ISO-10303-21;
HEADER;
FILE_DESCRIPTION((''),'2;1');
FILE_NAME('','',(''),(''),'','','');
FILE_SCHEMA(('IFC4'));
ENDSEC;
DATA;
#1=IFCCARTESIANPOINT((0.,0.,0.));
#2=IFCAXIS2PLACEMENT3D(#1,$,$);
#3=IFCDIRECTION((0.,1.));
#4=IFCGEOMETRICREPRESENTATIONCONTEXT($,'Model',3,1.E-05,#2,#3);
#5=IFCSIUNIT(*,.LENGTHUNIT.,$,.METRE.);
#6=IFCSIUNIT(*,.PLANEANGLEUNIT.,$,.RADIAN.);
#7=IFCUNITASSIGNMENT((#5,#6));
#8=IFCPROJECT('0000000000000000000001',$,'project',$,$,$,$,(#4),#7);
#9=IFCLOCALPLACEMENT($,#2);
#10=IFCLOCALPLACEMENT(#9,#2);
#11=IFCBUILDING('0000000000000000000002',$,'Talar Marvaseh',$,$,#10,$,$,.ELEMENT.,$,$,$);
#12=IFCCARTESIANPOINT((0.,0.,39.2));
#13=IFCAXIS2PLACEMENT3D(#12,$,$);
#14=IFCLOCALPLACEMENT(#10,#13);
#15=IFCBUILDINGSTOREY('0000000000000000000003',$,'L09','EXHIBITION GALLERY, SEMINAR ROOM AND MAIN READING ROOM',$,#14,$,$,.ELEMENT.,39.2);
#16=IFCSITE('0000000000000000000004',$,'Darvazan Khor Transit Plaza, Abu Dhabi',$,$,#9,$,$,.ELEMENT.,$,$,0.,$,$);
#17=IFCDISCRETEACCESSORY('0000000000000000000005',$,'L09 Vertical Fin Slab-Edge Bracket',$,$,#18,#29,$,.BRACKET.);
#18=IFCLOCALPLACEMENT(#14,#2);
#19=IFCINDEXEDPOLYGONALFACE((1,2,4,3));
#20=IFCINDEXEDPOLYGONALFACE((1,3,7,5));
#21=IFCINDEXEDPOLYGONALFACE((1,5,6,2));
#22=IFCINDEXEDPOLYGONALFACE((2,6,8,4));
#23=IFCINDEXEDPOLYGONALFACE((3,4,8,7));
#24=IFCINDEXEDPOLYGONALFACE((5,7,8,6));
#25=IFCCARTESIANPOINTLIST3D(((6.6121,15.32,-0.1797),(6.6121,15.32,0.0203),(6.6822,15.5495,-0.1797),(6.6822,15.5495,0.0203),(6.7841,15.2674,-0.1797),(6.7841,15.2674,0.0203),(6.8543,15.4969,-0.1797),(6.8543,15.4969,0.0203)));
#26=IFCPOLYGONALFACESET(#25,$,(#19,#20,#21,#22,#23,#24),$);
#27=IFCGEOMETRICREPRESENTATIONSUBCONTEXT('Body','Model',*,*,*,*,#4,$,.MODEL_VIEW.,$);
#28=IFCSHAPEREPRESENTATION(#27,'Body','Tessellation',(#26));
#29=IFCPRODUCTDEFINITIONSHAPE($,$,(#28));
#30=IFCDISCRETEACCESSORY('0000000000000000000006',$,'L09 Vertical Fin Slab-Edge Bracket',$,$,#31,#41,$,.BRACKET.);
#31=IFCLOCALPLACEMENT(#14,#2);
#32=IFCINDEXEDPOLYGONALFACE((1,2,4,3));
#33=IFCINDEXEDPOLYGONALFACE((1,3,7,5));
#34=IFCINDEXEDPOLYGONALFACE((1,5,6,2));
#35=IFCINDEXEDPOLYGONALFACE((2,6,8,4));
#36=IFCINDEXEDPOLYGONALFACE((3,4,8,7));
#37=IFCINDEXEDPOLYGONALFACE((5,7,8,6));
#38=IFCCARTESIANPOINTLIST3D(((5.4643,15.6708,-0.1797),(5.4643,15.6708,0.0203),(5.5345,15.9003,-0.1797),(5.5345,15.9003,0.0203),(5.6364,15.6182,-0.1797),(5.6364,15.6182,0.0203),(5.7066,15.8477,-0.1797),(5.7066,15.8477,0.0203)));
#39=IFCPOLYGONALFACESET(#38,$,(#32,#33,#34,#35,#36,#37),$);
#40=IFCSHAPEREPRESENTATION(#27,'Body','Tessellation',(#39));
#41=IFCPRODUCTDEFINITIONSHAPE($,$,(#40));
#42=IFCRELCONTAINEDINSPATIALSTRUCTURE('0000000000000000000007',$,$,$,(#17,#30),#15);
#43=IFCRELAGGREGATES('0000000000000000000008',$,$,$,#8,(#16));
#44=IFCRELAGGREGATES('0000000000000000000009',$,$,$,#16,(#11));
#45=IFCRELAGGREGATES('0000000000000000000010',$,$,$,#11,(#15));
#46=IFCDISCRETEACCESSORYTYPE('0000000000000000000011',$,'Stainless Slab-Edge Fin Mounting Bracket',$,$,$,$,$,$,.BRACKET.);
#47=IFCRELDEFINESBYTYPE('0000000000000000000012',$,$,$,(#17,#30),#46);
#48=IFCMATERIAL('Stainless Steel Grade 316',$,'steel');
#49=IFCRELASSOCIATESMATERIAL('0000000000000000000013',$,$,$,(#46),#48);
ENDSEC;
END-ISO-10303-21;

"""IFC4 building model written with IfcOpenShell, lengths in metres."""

from ifc_helpers import new_model, si_unit, direction, frame, origin, origin_2d, place, context, subcontext, project, spatial, rectangle, extrude, source, transform, mapped, material, type_object, type_shapes, element, save


model = new_model("IFC4")

# Units and contexts
model_context = context("Model", 3, precision=1e-05, world=origin(), true_north=direction((0.0, 1.0)))
body_context = subcontext(model_context, "Body", "Model", "MODEL_VIEW")
ifc_project = project(units=[si_unit("LENGTHUNIT", "METRE"), si_unit("PLANEANGLEUNIT", "RADIAN")], contexts=[model_context])

# Site, building, storey
site_placement = place(None, origin())
site = spatial("IfcSite", under=ifc_project, at=site_placement, Name="Darvazan Khor Transit Plaza, Abu Dhabi", CompositionType="ELEMENT", RefElevation=0.0)
building_placement = place(site_placement, origin())
building = spatial("IfcBuilding", under=site, at=building_placement, Name="Talar Marvaseh", CompositionType="ELEMENT")
storey_placement = place(building_placement, frame((0.0, 0.0, 39.2)))
storey = spatial("IfcBuildingStorey", under=building, at=storey_placement, Name="L09", Description="EXHIBITION GALLERY, SEMINAR ROOM AND MAIN READING ROOM", CompositionType="ELEMENT", Elevation=39.2)

# Discrete accessories
ifc_material_1 = material(Name="Stainless Steel Grade 316", Category="steel")
discrete_accessory_type = type_object("IfcDiscreteAccessoryType", Name="Stainless Slab-Edge Fin Mounting Bracket", PredefinedType="BRACKET", material=ifc_material_1)
shared_shape_1 = source(origin(), body_context, "Body", "SweptSolid", [
    extrude(rectangle(XDim=0.24, YDim=0.1799, at=origin_2d()), origin(), (0.0, 0.0, 1.0), 0.2),
])
type_shapes(discrete_accessory_type, [shared_shape_1])
for number, where, z_axis, x_axis, name in (
    (1, (6.7332, 15.4084, -0.1797), (0.0, 0.0, 1.0), (-0.292205, -0.956356, 0.0), "L09 Vertical Fin Slab-Edge Bracket"),
    (2, (5.5854, 15.7593, -0.1797), (0.0, 0.0, 1.0), (-0.292205, -0.956356, 0.0), "L09 Vertical Fin Slab-Edge Bracket"),
):
    element("IfcDiscreteAccessory", number, at=place(storey_placement, frame(where, z_axis=z_axis, x_axis=x_axis)), inside=storey, type_object=discrete_accessory_type, Name=name, PredefinedType="BRACKET", context=body_context, shape_type="MappedRepresentation", body=[
        mapped(shared_shape_1, transform((0.0, 0.0, 0.0), x_axis=(1.0, 0.0, 0.0), y_axis=(0.0, 1.0, 0.0), z_axis=(0.0, 0.0, 1.0), scale=1.0)),
    ])

save(model, "model.ifc")
